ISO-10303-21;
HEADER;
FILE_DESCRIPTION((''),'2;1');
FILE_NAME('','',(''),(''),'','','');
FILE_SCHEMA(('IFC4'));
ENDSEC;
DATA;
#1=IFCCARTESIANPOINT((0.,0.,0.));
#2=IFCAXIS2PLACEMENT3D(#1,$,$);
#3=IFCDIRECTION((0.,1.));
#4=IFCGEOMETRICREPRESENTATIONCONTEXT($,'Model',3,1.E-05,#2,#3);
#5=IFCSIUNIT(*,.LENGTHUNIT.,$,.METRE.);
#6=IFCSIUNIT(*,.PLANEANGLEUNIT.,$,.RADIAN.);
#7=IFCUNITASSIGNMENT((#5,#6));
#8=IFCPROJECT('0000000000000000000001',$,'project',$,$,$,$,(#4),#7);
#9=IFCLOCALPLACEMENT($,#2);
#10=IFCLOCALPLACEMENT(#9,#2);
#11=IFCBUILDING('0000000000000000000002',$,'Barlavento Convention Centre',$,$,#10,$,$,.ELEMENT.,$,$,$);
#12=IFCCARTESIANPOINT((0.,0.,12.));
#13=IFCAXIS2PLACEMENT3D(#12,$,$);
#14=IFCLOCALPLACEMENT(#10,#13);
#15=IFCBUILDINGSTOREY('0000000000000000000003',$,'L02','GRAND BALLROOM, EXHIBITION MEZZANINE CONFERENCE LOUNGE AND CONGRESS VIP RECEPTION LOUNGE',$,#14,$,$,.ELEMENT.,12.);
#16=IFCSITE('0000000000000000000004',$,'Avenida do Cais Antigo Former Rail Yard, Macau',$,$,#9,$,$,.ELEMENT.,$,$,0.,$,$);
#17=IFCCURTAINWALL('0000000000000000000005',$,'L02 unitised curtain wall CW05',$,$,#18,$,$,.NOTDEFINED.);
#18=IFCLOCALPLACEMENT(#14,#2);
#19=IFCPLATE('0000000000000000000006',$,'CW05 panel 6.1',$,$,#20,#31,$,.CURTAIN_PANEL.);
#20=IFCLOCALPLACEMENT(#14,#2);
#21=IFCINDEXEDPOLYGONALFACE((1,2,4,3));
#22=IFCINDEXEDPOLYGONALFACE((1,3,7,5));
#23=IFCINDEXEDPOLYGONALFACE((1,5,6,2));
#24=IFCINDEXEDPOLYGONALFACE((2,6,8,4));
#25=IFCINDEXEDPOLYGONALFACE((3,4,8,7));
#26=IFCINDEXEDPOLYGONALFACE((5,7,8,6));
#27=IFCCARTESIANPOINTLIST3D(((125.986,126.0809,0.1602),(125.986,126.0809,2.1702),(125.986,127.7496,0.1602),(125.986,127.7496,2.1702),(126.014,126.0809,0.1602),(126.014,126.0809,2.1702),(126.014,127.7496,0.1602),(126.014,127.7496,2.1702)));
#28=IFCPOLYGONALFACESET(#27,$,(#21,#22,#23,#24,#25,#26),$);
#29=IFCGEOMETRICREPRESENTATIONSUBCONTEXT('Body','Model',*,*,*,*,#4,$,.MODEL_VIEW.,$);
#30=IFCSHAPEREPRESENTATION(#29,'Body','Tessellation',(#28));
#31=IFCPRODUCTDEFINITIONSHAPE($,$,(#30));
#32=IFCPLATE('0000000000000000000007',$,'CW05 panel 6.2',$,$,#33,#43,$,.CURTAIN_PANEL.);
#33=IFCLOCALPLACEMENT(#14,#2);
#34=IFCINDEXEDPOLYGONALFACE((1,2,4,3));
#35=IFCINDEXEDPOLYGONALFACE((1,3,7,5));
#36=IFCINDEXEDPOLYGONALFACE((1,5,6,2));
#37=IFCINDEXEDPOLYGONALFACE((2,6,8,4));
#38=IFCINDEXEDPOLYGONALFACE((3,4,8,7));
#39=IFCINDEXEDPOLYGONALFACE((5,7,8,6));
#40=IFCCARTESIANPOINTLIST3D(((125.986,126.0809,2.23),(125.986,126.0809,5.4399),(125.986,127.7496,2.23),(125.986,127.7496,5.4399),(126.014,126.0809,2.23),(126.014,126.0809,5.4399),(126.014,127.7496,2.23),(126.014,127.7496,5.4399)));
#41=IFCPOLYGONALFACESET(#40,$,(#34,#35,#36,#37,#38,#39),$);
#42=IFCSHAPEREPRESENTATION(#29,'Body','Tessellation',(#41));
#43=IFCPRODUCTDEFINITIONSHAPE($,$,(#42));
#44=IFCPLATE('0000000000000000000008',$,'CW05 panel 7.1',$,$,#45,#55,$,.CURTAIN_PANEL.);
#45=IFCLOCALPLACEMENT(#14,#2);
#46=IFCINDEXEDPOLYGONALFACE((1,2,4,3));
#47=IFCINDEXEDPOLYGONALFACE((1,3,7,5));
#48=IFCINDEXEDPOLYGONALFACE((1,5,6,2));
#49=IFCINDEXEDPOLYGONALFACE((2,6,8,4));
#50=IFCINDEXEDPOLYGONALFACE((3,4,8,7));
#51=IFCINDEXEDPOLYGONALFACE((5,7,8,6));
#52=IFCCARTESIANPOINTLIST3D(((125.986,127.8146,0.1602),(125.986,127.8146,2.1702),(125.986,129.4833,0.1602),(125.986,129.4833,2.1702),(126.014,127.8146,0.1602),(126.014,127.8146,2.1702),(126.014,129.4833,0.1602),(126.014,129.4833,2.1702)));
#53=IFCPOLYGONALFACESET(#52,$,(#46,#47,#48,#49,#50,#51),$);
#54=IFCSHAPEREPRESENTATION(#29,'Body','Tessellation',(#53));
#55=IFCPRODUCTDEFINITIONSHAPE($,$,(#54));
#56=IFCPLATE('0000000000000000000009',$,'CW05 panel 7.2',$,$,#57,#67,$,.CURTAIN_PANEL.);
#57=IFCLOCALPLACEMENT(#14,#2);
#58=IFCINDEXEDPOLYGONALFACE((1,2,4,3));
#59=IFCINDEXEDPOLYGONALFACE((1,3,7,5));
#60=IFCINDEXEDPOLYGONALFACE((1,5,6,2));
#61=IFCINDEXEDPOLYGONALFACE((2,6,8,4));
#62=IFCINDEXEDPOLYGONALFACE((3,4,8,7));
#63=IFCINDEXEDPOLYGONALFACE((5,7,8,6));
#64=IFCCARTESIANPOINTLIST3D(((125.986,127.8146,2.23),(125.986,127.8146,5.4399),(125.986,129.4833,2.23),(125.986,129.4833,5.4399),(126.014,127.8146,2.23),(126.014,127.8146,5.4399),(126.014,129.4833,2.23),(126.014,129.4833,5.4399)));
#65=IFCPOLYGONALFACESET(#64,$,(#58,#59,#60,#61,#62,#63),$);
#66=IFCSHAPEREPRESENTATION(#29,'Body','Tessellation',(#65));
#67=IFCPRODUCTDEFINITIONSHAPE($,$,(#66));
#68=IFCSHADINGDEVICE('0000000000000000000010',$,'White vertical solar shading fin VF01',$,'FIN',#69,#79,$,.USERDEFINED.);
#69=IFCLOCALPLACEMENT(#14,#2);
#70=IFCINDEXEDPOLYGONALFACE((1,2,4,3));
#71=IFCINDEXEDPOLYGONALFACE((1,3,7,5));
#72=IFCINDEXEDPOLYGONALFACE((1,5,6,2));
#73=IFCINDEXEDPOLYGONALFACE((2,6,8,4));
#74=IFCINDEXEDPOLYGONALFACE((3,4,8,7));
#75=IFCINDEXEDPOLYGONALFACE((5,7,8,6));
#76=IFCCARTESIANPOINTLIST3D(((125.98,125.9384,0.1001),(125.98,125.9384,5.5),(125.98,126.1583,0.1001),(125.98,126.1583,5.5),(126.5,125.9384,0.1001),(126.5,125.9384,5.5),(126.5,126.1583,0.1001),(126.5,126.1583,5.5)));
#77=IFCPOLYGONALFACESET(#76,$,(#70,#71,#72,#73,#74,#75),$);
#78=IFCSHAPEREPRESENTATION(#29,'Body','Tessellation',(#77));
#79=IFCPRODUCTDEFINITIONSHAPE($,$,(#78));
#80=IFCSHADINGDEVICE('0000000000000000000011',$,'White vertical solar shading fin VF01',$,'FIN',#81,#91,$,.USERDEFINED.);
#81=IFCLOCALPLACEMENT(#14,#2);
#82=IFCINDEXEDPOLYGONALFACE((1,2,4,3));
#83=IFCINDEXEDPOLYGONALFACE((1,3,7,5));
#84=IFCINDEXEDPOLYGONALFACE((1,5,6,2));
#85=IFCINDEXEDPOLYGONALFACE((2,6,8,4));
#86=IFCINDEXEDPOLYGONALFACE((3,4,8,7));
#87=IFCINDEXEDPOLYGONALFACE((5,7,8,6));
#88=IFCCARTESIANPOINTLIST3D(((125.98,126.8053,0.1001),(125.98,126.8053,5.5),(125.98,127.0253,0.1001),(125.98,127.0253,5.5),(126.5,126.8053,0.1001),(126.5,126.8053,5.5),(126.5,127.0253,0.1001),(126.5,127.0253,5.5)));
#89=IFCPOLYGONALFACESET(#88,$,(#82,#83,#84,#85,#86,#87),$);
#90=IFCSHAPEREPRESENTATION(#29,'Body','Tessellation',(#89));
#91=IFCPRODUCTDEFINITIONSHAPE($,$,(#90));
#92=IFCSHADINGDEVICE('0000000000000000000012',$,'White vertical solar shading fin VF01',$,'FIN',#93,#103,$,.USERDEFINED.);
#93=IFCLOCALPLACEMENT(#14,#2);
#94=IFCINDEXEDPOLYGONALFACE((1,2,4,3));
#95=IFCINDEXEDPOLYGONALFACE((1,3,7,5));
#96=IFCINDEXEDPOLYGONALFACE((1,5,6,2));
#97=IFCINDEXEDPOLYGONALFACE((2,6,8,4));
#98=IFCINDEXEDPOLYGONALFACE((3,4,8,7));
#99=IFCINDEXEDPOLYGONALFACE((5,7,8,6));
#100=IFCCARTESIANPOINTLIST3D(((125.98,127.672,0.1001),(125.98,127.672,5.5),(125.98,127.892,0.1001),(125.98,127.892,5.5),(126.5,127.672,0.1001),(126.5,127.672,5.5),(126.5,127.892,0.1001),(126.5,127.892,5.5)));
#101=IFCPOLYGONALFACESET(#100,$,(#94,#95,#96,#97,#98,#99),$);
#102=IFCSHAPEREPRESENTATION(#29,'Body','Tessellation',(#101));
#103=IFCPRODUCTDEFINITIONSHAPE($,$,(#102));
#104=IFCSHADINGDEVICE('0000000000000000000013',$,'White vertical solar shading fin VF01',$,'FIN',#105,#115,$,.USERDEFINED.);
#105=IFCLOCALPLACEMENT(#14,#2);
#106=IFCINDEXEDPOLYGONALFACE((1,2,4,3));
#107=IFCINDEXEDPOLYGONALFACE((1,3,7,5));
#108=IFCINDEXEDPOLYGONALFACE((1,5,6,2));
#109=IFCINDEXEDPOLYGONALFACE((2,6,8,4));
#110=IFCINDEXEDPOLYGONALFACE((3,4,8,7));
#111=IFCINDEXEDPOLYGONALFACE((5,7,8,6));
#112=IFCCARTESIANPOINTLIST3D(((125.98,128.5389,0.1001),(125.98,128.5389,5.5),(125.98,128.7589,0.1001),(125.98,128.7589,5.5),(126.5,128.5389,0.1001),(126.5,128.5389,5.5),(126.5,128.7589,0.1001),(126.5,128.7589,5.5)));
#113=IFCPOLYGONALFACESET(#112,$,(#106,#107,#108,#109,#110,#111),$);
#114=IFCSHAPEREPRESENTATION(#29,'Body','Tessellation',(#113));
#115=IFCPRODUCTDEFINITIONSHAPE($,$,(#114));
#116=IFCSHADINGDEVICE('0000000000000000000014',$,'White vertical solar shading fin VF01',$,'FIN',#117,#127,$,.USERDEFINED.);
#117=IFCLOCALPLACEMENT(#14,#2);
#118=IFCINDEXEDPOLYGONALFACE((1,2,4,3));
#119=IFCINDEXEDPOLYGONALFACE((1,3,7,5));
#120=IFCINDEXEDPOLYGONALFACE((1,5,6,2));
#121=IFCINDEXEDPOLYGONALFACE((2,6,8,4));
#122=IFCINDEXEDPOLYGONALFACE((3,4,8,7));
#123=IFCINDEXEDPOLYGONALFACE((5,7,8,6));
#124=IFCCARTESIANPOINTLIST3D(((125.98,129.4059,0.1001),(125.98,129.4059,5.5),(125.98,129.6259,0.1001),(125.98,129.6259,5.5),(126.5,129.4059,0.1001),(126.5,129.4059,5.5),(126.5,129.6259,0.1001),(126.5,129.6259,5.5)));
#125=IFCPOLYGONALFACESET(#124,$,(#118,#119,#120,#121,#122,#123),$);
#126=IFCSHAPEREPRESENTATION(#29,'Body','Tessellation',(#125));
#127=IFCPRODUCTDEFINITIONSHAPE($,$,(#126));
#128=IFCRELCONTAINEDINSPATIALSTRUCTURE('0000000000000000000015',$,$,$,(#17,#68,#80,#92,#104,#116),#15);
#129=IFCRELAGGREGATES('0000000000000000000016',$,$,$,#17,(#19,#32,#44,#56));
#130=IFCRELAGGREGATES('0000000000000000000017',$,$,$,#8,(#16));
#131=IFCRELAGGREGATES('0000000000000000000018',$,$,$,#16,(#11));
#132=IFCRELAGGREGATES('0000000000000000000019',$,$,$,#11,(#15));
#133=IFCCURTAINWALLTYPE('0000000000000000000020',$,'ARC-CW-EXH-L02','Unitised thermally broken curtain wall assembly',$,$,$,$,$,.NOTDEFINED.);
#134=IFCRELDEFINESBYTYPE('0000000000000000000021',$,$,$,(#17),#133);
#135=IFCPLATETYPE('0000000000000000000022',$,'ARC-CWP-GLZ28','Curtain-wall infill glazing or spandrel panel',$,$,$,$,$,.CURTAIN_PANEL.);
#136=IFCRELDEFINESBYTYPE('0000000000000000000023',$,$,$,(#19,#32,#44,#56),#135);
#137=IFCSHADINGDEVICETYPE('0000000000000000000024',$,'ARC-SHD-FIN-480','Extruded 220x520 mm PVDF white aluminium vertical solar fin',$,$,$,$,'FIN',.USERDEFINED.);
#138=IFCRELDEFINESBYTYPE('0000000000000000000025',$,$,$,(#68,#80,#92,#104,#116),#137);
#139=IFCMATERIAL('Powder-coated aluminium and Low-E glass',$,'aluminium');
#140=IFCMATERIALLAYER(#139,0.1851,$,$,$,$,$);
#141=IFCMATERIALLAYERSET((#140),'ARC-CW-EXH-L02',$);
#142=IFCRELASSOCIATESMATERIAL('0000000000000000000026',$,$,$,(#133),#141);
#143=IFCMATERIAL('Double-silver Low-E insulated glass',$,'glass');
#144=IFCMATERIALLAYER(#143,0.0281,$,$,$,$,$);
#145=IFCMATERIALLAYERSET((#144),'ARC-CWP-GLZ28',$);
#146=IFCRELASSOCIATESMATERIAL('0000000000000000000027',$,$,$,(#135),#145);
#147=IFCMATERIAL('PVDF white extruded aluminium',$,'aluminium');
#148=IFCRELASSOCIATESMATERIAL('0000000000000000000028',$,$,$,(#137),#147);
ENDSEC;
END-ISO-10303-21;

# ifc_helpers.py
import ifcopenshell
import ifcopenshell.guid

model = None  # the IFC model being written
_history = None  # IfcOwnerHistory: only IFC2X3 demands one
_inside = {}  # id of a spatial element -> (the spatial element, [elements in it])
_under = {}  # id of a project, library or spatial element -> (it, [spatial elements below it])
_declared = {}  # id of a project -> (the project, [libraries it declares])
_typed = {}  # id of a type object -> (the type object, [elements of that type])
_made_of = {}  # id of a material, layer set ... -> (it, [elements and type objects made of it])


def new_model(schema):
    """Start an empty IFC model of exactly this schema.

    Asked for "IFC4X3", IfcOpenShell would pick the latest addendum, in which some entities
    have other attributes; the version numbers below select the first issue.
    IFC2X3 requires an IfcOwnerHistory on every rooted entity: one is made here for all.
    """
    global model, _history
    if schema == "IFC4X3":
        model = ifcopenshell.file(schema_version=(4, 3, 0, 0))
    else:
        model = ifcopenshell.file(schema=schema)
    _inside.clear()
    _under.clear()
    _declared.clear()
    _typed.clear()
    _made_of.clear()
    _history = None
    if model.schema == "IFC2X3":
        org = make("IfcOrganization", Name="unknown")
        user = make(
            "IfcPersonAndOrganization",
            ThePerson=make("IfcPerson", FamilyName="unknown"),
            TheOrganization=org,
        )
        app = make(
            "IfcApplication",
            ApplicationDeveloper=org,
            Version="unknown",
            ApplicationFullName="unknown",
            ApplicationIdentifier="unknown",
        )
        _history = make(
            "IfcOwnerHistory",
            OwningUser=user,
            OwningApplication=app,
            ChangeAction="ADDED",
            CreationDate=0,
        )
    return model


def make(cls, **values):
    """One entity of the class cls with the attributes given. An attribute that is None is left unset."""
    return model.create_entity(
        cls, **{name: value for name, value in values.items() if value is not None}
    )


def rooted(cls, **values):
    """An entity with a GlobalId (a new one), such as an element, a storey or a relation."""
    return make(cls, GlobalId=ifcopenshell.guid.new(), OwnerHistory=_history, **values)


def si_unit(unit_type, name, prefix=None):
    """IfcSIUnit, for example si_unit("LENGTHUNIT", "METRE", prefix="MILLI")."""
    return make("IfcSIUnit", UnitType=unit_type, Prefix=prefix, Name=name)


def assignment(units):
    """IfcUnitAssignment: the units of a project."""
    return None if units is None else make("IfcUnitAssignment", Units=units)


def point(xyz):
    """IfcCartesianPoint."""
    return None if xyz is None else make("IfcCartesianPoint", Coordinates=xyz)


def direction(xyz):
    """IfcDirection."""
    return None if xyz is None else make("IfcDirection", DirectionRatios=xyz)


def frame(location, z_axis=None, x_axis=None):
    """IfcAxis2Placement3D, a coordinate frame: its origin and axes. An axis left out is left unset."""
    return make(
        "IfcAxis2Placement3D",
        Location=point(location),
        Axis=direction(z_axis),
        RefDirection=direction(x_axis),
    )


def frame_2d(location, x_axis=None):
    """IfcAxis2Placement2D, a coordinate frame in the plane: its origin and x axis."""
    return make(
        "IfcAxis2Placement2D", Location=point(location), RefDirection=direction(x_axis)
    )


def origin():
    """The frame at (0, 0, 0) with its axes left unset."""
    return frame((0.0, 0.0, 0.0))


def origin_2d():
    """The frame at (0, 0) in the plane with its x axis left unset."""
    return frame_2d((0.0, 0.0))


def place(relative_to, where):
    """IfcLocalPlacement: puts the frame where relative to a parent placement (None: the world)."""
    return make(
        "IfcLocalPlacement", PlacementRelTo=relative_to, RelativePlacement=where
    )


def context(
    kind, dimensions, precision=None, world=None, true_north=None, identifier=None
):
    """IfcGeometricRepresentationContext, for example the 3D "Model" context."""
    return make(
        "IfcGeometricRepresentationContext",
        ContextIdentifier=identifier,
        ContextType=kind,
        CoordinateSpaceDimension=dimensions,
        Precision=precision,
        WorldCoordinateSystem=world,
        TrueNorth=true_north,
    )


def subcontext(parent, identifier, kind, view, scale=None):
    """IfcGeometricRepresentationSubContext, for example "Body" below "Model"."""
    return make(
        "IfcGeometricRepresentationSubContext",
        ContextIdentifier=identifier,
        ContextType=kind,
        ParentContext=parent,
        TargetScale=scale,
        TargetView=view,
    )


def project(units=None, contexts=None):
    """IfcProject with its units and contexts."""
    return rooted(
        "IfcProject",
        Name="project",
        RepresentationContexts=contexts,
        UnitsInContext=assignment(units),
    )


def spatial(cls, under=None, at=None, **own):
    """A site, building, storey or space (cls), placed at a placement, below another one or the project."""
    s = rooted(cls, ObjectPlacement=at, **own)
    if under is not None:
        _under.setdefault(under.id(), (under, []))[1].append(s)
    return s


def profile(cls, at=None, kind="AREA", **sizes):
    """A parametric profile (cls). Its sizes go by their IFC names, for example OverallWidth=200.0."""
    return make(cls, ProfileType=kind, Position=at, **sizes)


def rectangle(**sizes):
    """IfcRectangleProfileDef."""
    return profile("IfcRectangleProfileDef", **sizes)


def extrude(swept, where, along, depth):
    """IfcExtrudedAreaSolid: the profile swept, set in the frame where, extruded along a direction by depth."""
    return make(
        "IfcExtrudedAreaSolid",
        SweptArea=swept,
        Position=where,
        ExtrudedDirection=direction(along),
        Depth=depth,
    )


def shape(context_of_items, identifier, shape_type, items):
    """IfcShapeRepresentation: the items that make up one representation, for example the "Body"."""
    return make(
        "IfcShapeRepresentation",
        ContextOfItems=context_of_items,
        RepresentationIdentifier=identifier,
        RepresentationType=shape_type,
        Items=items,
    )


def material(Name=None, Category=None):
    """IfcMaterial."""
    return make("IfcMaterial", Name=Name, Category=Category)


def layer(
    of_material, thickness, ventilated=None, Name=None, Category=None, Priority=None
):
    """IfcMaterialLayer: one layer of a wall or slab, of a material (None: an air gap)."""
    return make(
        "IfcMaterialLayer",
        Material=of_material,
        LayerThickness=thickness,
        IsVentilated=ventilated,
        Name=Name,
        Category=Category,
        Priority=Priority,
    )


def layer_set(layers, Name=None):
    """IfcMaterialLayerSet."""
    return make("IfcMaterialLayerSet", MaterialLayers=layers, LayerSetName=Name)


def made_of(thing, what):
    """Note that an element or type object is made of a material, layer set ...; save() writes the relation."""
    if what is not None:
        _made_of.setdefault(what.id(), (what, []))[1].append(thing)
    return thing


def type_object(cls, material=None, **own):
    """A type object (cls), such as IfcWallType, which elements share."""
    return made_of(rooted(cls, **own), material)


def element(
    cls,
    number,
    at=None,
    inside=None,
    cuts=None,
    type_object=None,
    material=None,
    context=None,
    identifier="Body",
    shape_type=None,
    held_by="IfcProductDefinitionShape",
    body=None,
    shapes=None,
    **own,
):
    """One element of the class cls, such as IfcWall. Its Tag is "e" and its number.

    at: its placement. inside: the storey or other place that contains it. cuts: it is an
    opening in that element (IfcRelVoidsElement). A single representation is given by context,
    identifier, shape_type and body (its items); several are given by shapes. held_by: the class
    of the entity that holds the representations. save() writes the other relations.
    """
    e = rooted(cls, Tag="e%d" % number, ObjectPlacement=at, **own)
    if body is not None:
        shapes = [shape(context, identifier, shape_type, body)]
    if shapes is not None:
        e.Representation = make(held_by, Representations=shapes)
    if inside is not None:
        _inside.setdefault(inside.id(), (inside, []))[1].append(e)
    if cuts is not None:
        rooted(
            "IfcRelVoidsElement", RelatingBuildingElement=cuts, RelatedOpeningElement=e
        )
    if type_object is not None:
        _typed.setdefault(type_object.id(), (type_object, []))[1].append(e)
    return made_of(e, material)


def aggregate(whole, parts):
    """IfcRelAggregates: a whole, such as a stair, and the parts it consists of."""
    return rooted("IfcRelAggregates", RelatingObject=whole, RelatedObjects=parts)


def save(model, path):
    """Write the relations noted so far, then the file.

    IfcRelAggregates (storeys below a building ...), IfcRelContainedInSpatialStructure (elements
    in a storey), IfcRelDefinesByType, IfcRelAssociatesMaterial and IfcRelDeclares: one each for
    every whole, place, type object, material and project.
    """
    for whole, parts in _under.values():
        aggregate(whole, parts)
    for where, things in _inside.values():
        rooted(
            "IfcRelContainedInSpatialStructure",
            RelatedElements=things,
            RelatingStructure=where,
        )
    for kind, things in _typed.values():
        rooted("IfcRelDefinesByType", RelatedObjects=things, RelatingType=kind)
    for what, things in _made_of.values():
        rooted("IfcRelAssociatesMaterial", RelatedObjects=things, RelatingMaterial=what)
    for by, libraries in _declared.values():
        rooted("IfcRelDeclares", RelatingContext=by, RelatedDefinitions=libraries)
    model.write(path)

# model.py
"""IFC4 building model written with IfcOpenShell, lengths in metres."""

from ifc_helpers import new_model, si_unit, direction, frame, origin, origin_2d, place, context, subcontext, project, spatial, rectangle, extrude, material, layer, layer_set, type_object, element, aggregate, save


model = new_model("IFC4")

# Units and contexts
model_context = context("Model", 3, precision=1e-05, world=origin(), true_north=direction((0.0, 1.0)))
body_context = subcontext(model_context, "Body", "Model", "MODEL_VIEW")
ifc_project = project(units=[si_unit("LENGTHUNIT", "METRE"), si_unit("PLANEANGLEUNIT", "RADIAN")], contexts=[model_context])

# Site, building, storey
site_placement = place(None, origin())
site = spatial("IfcSite", under=ifc_project, at=site_placement, Name="Avenida do Cais Antigo Former Rail Yard, Macau", CompositionType="ELEMENT", RefElevation=0.0)
building_placement = place(site_placement, origin())
building = spatial("IfcBuilding", under=site, at=building_placement, Name="Barlavento Convention Centre", CompositionType="ELEMENT")
storey_placement = place(building_placement, frame((0.0, 0.0, 12.0)))
storey = spatial("IfcBuildingStorey", under=building, at=storey_placement, Name="L02", Description="GRAND BALLROOM, EXHIBITION MEZZANINE CONFERENCE LOUNGE AND CONGRESS VIP RECEPTION LOUNGE", CompositionType="ELEMENT", Elevation=12.0)

# Curtain wall, plates
ifc_material_1 = material(Name="Powder-coated aluminium and Low-E glass", Category="aluminium")
ifc_layer_1 = layer(ifc_material_1, 0.1851)
ifc_layer_set_1 = layer_set([ifc_layer_1], Name="ARC-CW-EXH-L02")
curtain_wall_type = type_object("IfcCurtainWallType", Name="ARC-CW-EXH-L02", Description="Unitised thermally broken curtain wall assembly", PredefinedType="NOTDEFINED", material=ifc_layer_set_1)
curtain_wall_placement = place(storey_placement, origin())
curtain_wall = element("IfcCurtainWall", 1, at=curtain_wall_placement, inside=storey, type_object=curtain_wall_type, Name="L02 unitised curtain wall CW05", PredefinedType="NOTDEFINED")
ifc_material_2 = material(Name="Double-silver Low-E insulated glass", Category="glass")
ifc_layer_2 = layer(ifc_material_2, 0.0281)
ifc_layer_set_2 = layer_set([ifc_layer_2], Name="ARC-CWP-GLZ28")
plate_type = type_object("IfcPlateType", Name="ARC-CWP-GLZ28", Description="Curtain-wall infill glazing or spandrel panel", PredefinedType="CURTAIN_PANEL", material=ifc_layer_set_2)
plate_1_placement = place(storey_placement, frame((126.0, 126.9153, 0.1602), z_axis=(0.0, 0.0, 1.0), x_axis=(0.0, 1.0, 0.0)))
plate_1 = element("IfcPlate", 2, at=plate_1_placement, type_object=plate_type, Name="CW05 panel 6.1", PredefinedType="CURTAIN_PANEL", context=body_context, shape_type="SweptSolid", body=[
    extrude(rectangle(XDim=1.6687, YDim=0.0281, at=origin_2d()), origin(), (0.0, 0.0, 1.0), 2.01),
])
plate_2_placement = place(storey_placement, frame((126.0, 126.9153, 2.23), z_axis=(0.0, 0.0, 1.0), x_axis=(0.0, 1.0, 0.0)))
plate_2 = element("IfcPlate", 3, at=plate_2_placement, type_object=plate_type, Name="CW05 panel 6.2", PredefinedType="CURTAIN_PANEL", context=body_context, shape_type="SweptSolid", body=[
    extrude(rectangle(XDim=1.6687, YDim=0.0281, at=origin_2d()), origin(), (0.0, 0.0, 1.0), 3.21),
])
plate_3_placement = place(storey_placement, frame((126.0, 128.6489, 0.1602), z_axis=(0.0, 0.0, 1.0), x_axis=(0.0, 1.0, 0.0)))
plate_3 = element("IfcPlate", 4, at=plate_3_placement, type_object=plate_type, Name="CW05 panel 7.1", PredefinedType="CURTAIN_PANEL", context=body_context, shape_type="SweptSolid", body=[
    extrude(rectangle(XDim=1.6687, YDim=0.0281, at=origin_2d()), origin(), (0.0, 0.0, 1.0), 2.01),
])
plate_4_placement = place(storey_placement, frame((126.0, 128.6489, 2.23), z_axis=(0.0, 0.0, 1.0), x_axis=(0.0, 1.0, 0.0)))
plate_4 = element("IfcPlate", 5, at=plate_4_placement, type_object=plate_type, Name="CW05 panel 7.2", PredefinedType="CURTAIN_PANEL", context=body_context, shape_type="SweptSolid", body=[
    extrude(rectangle(XDim=1.6687, YDim=0.0281, at=origin_2d()), origin(), (0.0, 0.0, 1.0), 3.21),
])
aggregate(curtain_wall, [plate_1, plate_2, plate_3, plate_4])

# Shading devices
ifc_material_3 = material(Name="PVDF white extruded aluminium", Category="aluminium")
shading_device_type = type_object("IfcShadingDeviceType", Name="ARC-SHD-FIN-480", Description="Extruded 220x520 mm PVDF white aluminium vertical solar fin", ElementType="FIN", PredefinedType="USERDEFINED", material=ifc_material_3)
for number, where, z_axis, x_axis, name in (
    (6, (126.24, 126.0483, 0.1001), (0.0, 0.0, 1.0), (0.0, 1.0, 0.0), "White vertical solar shading fin VF01"),
    (7, (126.24, 126.9153, 0.1001), (0.0, 0.0, 1.0), (0.0, 1.0, 0.0), "White vertical solar shading fin VF01"),
    (8, (126.24, 127.782, 0.1001), (0.0, 0.0, 1.0), (0.0, 1.0, 0.0), "White vertical solar shading fin VF01"),
    (9, (126.24, 128.6489, 0.1001), (0.0, 0.0, 1.0), (0.0, 1.0, 0.0), "White vertical solar shading fin VF01"),
    (10, (126.24, 129.5159, 0.1001), (0.0, 0.0, 1.0), (0.0, 1.0, 0.0), "White vertical solar shading fin VF01"),
):
    element("IfcShadingDevice", number, at=place(storey_placement, frame(where, z_axis=z_axis, x_axis=x_axis)), inside=storey, type_object=shading_device_type, Name=name, ObjectType="FIN", PredefinedType="USERDEFINED", context=body_context, shape_type="SweptSolid", body=[
        extrude(rectangle(XDim=0.22, YDim=0.52, at=origin_2d()), origin(), (0.0, 0.0, 1.0), 5.3999),
    ])

save(model, "model.ifc")
